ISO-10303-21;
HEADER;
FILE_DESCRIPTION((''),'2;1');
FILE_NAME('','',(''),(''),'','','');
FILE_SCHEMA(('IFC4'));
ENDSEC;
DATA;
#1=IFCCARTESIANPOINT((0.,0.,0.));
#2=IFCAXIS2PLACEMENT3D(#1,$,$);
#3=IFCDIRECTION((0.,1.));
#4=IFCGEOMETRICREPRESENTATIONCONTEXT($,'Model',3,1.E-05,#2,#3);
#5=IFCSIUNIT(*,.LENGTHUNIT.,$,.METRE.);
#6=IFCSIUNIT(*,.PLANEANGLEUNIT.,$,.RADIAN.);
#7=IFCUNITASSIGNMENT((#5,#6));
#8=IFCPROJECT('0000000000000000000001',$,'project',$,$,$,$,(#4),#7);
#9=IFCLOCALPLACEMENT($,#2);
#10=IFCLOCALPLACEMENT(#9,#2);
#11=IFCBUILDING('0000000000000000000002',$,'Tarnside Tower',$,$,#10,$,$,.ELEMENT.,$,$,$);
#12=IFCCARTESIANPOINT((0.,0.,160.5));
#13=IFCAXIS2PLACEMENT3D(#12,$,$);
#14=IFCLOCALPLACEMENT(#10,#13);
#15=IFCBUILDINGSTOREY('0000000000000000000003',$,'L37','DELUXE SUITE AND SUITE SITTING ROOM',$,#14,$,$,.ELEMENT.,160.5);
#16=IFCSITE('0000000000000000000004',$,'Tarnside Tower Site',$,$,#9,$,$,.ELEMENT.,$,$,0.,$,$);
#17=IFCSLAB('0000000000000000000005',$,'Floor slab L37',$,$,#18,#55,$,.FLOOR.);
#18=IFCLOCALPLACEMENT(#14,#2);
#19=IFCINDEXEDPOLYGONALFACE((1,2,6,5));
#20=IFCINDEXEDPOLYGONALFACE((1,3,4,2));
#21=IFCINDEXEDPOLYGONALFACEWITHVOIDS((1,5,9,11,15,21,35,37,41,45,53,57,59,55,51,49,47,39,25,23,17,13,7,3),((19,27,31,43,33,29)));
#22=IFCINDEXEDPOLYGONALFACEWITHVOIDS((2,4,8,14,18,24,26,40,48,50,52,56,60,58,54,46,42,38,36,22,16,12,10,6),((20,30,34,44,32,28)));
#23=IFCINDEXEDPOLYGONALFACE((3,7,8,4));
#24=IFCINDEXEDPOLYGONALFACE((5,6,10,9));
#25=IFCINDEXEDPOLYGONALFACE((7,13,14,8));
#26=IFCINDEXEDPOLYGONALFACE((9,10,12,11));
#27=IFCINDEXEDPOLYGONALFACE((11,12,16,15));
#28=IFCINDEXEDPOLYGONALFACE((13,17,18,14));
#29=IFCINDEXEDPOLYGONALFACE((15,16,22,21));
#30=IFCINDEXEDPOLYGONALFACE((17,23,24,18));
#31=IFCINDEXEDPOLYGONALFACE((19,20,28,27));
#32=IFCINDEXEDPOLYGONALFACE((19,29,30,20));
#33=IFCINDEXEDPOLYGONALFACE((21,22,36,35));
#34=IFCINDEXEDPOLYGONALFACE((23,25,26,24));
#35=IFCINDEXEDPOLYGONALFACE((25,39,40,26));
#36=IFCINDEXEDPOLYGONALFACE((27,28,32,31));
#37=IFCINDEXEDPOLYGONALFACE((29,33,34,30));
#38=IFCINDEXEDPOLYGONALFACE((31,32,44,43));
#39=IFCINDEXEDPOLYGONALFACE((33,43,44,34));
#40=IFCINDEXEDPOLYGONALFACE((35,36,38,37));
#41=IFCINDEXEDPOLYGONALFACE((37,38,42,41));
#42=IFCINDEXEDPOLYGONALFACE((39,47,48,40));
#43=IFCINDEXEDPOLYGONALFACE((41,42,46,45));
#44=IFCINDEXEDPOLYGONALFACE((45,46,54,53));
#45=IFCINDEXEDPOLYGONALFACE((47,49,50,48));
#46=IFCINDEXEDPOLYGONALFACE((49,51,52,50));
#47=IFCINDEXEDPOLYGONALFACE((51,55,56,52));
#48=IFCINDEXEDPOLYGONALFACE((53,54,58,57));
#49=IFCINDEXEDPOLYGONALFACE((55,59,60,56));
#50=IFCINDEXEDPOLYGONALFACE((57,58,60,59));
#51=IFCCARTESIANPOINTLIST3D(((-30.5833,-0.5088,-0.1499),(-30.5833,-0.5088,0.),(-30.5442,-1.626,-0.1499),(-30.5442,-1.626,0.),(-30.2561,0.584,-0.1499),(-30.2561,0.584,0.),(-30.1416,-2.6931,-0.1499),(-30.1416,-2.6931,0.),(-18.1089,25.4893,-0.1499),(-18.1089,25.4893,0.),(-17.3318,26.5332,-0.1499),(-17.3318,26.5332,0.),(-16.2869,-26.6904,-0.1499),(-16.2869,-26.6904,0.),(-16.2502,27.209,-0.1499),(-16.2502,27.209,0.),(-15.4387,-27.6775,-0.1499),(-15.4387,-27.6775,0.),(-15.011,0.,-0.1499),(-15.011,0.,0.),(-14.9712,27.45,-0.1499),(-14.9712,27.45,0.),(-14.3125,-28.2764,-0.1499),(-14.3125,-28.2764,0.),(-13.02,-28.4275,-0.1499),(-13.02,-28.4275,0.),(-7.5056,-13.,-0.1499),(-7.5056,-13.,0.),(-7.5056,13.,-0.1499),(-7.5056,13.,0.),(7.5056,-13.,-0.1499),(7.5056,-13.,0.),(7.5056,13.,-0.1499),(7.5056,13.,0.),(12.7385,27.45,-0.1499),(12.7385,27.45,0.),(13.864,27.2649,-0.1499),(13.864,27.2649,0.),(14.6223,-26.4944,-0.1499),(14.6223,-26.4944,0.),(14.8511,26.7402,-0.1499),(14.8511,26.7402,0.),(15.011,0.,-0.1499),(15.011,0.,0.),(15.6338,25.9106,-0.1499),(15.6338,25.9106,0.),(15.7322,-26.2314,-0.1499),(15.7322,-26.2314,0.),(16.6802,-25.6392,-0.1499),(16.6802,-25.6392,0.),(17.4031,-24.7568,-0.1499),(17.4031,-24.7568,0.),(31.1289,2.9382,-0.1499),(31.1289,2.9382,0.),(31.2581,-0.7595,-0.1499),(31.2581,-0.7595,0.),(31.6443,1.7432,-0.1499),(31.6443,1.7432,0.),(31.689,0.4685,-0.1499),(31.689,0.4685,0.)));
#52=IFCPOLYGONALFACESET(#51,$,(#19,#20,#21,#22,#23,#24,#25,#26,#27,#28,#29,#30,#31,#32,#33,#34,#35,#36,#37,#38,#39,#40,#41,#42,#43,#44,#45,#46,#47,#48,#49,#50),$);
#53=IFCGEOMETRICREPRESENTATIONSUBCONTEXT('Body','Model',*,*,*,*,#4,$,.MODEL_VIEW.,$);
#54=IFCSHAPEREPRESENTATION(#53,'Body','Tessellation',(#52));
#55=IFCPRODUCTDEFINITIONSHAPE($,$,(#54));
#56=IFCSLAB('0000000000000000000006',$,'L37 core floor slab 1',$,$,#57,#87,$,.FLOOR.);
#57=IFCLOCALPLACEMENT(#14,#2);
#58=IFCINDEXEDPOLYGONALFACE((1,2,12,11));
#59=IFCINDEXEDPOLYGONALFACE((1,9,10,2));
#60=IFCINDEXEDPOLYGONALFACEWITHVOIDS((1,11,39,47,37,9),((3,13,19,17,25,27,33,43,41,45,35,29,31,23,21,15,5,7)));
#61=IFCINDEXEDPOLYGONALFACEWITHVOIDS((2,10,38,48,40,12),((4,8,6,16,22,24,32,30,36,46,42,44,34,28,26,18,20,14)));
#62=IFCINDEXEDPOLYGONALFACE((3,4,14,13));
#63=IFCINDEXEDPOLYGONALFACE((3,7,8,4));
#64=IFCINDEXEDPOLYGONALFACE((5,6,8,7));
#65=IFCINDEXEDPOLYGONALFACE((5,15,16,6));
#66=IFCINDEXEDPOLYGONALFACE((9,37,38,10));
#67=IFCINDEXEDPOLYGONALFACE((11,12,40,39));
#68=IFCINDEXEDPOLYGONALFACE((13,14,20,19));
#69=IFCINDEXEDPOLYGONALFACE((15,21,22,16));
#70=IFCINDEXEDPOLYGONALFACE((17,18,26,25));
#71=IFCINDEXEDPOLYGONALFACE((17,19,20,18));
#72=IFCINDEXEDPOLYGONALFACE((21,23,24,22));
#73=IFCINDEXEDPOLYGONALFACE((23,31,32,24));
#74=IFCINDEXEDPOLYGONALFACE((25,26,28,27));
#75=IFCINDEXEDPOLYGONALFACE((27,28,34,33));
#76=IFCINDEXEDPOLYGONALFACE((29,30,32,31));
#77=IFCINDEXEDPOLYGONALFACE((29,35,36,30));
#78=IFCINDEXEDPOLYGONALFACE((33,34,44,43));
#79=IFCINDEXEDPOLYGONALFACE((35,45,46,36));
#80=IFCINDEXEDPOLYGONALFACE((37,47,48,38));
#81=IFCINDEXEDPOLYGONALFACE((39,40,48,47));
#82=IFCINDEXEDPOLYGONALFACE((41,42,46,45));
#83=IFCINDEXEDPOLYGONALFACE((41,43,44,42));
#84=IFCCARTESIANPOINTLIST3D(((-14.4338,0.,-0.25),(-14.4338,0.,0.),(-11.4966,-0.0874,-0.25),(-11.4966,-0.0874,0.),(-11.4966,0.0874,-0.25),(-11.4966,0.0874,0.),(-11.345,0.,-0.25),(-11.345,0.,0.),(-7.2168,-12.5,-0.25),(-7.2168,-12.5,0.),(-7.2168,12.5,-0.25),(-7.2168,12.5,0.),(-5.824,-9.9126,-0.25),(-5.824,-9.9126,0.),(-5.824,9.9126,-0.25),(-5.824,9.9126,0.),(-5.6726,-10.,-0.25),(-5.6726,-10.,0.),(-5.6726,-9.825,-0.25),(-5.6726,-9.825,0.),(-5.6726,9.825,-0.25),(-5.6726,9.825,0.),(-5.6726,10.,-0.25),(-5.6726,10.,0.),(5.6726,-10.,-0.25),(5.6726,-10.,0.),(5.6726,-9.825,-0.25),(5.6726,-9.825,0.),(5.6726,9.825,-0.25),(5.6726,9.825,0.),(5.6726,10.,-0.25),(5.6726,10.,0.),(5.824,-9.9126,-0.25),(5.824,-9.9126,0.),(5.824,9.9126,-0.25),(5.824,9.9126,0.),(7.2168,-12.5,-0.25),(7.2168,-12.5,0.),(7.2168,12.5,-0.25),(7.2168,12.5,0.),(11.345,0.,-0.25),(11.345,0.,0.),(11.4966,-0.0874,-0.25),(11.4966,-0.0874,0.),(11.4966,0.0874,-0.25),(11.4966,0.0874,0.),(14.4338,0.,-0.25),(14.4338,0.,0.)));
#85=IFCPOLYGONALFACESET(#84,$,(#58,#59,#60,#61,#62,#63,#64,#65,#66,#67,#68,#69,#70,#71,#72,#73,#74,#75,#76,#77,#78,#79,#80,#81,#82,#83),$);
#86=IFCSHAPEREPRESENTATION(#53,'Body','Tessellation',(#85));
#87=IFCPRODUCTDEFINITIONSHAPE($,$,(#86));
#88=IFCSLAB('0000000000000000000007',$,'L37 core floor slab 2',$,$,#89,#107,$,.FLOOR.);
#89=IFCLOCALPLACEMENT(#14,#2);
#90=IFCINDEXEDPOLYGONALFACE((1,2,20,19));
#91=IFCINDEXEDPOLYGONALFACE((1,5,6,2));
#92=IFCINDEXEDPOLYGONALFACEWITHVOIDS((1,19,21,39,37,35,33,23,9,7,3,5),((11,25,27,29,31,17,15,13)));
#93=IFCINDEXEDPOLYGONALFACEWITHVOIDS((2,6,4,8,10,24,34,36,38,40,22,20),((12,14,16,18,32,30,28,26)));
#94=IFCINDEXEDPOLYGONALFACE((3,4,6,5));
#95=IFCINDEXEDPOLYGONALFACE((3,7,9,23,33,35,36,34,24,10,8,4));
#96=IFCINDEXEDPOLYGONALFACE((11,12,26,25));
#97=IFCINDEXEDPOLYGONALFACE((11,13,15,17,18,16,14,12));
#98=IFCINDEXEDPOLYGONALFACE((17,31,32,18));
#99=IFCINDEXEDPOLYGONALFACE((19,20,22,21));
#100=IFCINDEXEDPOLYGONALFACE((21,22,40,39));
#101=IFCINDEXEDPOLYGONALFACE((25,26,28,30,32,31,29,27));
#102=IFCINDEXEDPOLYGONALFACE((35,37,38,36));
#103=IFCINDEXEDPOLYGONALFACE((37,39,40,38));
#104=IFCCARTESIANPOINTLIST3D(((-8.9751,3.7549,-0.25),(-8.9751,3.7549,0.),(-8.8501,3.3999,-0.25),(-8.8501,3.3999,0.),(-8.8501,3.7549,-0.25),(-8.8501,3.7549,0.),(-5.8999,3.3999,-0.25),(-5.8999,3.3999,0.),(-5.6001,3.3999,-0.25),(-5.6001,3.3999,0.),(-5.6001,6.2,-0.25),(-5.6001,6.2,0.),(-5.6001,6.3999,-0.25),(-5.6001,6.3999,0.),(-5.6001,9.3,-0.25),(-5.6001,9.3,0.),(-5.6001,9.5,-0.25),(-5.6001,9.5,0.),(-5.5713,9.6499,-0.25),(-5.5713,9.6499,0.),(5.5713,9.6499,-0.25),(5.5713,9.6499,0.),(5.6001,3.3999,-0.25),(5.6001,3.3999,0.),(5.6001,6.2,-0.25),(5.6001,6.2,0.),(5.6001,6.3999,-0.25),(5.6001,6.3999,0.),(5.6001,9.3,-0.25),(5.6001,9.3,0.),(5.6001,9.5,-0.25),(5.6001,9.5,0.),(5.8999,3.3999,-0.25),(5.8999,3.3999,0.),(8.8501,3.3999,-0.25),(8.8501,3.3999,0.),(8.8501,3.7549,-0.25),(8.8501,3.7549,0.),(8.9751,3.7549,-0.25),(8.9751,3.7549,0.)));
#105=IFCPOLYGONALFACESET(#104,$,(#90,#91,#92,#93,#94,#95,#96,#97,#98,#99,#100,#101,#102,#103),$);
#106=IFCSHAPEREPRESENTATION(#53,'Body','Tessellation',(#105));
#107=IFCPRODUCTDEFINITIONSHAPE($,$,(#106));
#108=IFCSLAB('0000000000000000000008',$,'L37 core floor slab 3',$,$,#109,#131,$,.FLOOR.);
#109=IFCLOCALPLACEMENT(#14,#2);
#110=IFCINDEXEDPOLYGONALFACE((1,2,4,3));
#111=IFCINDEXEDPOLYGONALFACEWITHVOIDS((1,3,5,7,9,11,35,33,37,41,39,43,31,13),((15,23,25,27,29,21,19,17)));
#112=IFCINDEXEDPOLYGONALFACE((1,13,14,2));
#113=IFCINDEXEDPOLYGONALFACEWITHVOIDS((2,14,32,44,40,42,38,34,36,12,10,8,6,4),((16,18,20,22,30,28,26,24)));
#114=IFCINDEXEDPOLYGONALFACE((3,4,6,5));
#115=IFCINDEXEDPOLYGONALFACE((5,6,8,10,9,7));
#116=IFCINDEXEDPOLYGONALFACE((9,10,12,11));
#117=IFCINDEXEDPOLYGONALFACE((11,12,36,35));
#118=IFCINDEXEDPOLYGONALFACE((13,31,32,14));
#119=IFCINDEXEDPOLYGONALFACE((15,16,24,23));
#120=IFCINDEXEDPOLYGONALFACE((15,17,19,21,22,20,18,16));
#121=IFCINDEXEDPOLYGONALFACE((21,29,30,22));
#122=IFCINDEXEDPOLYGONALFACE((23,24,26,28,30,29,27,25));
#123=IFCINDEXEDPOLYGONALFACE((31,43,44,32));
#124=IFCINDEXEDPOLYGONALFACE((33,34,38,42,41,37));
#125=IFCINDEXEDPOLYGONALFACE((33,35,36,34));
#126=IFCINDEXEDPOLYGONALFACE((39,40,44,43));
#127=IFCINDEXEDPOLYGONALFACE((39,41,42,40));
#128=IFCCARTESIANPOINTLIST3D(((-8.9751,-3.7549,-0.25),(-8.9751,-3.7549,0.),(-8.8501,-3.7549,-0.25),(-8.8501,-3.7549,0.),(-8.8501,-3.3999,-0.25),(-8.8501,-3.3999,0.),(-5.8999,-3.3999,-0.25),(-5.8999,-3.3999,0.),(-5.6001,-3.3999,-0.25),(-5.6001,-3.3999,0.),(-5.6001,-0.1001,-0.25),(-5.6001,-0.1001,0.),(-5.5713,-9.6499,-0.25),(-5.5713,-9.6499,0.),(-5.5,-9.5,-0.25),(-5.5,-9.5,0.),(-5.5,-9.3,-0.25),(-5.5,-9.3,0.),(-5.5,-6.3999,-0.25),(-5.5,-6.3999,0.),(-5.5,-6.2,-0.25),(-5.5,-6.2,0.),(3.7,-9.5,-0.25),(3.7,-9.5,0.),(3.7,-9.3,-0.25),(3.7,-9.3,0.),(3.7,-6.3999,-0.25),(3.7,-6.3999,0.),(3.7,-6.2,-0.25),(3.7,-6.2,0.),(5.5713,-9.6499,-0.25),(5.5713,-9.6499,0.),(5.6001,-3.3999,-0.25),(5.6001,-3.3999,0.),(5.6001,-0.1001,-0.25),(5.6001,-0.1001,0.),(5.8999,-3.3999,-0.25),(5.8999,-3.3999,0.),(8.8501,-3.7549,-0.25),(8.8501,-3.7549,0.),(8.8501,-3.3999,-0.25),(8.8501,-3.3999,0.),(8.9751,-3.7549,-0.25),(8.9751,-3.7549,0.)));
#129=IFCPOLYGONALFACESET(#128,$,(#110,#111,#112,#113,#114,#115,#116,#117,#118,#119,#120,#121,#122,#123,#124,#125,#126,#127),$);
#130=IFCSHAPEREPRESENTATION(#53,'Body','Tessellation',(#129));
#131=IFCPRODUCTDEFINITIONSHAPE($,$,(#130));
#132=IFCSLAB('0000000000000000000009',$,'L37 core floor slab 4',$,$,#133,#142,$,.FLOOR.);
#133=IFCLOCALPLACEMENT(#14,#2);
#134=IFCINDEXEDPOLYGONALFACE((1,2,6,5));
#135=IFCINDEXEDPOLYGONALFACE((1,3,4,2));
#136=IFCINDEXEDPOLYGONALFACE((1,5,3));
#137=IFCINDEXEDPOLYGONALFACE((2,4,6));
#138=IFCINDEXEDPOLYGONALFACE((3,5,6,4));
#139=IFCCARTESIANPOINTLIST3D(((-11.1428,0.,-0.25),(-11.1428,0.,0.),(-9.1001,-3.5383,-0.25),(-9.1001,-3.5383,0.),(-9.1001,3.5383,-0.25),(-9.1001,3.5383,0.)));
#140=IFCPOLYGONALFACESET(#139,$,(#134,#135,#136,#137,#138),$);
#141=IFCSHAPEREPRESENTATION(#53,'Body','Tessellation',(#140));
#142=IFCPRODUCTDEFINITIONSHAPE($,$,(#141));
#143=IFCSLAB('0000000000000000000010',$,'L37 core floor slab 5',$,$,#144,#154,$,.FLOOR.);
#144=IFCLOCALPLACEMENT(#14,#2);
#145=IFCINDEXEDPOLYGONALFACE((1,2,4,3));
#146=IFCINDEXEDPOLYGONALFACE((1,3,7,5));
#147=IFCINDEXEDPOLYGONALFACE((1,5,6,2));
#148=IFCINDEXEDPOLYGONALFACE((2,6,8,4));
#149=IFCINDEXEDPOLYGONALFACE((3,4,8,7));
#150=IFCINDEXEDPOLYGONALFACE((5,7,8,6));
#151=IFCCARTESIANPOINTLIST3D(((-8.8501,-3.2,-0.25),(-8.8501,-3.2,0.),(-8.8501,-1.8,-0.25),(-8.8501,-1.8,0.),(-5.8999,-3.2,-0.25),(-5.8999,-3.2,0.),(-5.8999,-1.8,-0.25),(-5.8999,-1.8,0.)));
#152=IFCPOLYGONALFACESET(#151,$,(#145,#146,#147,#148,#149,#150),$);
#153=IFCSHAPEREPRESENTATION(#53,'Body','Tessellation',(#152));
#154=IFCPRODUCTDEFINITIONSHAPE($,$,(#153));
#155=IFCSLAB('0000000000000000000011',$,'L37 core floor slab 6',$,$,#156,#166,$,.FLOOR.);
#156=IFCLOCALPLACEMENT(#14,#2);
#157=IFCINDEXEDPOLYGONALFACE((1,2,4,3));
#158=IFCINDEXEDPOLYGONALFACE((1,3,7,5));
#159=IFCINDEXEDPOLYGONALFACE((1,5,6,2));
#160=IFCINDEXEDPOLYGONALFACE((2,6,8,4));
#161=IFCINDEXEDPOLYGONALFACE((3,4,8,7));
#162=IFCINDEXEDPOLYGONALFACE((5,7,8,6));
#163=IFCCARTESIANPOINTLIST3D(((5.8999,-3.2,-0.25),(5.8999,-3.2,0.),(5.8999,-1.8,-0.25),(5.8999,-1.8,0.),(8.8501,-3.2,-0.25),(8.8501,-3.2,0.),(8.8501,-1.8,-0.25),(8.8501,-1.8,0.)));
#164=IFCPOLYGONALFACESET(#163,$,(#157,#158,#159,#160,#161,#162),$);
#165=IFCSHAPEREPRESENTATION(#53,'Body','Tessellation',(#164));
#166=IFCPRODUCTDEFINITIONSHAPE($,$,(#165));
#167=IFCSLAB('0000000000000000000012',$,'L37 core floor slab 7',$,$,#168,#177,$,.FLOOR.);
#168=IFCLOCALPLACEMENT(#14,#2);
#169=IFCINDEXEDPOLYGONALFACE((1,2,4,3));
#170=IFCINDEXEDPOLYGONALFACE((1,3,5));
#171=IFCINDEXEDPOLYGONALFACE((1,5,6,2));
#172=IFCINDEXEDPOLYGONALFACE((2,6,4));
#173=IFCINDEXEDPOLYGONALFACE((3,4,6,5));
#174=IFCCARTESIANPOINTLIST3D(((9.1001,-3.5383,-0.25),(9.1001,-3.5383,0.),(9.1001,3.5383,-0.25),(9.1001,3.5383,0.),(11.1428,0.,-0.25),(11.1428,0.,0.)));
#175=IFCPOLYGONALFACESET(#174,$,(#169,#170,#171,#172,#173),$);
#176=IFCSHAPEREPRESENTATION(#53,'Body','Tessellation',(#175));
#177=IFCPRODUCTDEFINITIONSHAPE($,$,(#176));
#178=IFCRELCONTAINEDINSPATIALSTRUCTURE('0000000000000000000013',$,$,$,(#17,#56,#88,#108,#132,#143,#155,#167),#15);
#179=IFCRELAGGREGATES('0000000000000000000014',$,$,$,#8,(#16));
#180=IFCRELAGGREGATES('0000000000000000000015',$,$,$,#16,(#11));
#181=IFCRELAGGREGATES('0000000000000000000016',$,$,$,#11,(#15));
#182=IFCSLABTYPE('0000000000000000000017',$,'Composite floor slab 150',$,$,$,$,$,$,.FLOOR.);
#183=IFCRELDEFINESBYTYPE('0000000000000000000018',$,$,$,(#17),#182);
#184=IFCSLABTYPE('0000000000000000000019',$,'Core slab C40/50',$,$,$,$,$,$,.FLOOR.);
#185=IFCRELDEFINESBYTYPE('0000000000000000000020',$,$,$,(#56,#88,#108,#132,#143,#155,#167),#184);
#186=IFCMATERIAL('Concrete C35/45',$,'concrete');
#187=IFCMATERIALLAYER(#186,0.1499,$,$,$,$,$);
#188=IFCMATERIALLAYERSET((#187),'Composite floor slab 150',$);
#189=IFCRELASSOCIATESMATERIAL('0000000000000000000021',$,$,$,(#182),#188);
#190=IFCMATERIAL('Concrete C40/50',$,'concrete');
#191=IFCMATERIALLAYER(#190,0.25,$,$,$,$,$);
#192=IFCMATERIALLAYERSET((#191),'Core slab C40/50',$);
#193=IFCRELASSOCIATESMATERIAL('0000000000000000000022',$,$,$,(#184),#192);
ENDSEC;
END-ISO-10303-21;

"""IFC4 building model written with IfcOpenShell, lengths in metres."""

from ifc_helpers import new_model, si_unit, direction, frame, origin, place, context, subcontext, project, spatial, polyline, outline, extrude, material, layer, layer_set, type_object, element, save


model = new_model("IFC4")

# Units and contexts
model_context = context("Model", 3, precision=1e-05, world=origin(), true_north=direction((0.0, 1.0)))
body_context = subcontext(model_context, "Body", "Model", "MODEL_VIEW")
ifc_project = project(units=[si_unit("LENGTHUNIT", "METRE"), si_unit("PLANEANGLEUNIT", "RADIAN")], contexts=[model_context])

# Site, building, storey
site_placement = place(None, origin())
site = spatial("IfcSite", under=ifc_project, at=site_placement, Name="Tarnside Tower Site", CompositionType="ELEMENT", RefElevation=0.0)
building_placement = place(site_placement, origin())
building = spatial("IfcBuilding", under=site, at=building_placement, Name="Tarnside Tower", CompositionType="ELEMENT")
storey_placement = place(building_placement, frame((0.0, 0.0, 160.5)))
storey = spatial("IfcBuildingStorey", under=building, at=storey_placement, Name="L37", Description="DELUXE SUITE AND SUITE SITTING ROOM", CompositionType="ELEMENT", Elevation=160.5)

# Slabs
ifc_material_1 = material(Name="Concrete C35/45", Category="concrete")
ifc_layer_1 = layer(ifc_material_1, 0.1499)
ifc_layer_set_1 = layer_set([ifc_layer_1], Name="Composite floor slab 150")
slab_type_1 = type_object("IfcSlabType", Name="Composite floor slab 150", PredefinedType="FLOOR", material=ifc_layer_set_1)
slab_1_placement = place(storey_placement, frame((0.0, 0.0, -0.1499)))
element("IfcSlab", 1, at=slab_1_placement, inside=storey, type_object=slab_type_1, Name="Floor slab L37", PredefinedType="FLOOR", context=body_context, shape_type="SweptSolid", body=[
    extrude(outline(polyline([(13.864, 27.2649), (14.8511, 26.7402), (15.6338, 25.9106), (31.1289, 2.9382), (31.6443, 1.7432), (31.689, 0.4685), (31.2581, -0.7595), (17.4031, -24.7568), (16.6802, -25.6392), (15.7322, -26.2314), (14.6223, -26.4944), (-13.02, -28.4275), (-14.3125, -28.2764), (-15.4387, -27.6775), (-16.2869, -26.6904), (-30.1416, -2.6931), (-30.5442, -1.626), (-30.5833, -0.5088), (-30.2561, 0.584), (-18.1089, 25.4893), (-17.3318, 26.5332), (-16.2502, 27.209), (-14.9712, 27.45), (12.7385, 27.45), (13.864, 27.2649)]), holes=[polyline([(-15.011, 0.0), (-7.5056, -13.0), (7.5056, -13.0), (15.011, 0.0), (7.5056, 13.0), (-7.5056, 13.0), (-15.011, 0.0)])]), origin(), (0.0, 0.0, 1.0), 0.1499),
])
ifc_material_2 = material(Name="Concrete C40/50", Category="concrete")
ifc_layer_2 = layer(ifc_material_2, 0.25)
ifc_layer_set_2 = layer_set([ifc_layer_2], Name="Core slab C40/50")
slab_type_2 = type_object("IfcSlabType", Name="Core slab C40/50", PredefinedType="FLOOR", material=ifc_layer_set_2)
slab_2_placement = place(storey_placement, frame((0.0, 0.0, -0.25)))
element("IfcSlab", 2, at=slab_2_placement, inside=storey, type_object=slab_type_2, Name="L37 core floor slab 1", PredefinedType="FLOOR", context=body_context, shape_type="SweptSolid", body=[
    extrude(outline(polyline([(-7.2168, 12.5), (7.2168, 12.5), (14.4338, 0.0), (7.2168, -12.5), (-7.2168, -12.5), (-14.4338, 0.0), (-7.2168, 12.5)]), holes=[polyline([(5.824, -9.9126), (11.4966, -0.0874), (11.345, 0.0), (11.4966, 0.0874), (5.824, 9.9126), (5.6726, 9.825), (5.6726, 10.0), (-5.6726, 10.0), (-5.6726, 9.825), (-5.824, 9.9126), (-11.4966, 0.0874), (-11.345, 0.0), (-11.4966, -0.0874), (-5.824, -9.9126), (-5.6726, -9.825), (-5.6726, -10.0), (5.6726, -10.0), (5.6726, -9.825), (5.824, -9.9126)])]), origin(), (0.0, 0.0, 1.0), 0.25),
])
slab_3_placement = place(storey_placement, frame((0.0, 0.0, -0.25)))
element("IfcSlab", 3, at=slab_3_placement, inside=storey, type_object=slab_type_2, Name="L37 core floor slab 2", PredefinedType="FLOOR", context=body_context, shape_type="SweptSolid", body=[
    extrude(outline(polyline([(-8.9751, 3.7549), (-5.5713, 9.6499), (5.5713, 9.6499), (8.9751, 3.7549), (8.8501, 3.7549), (8.8501, 3.3999), (5.8999, 3.3999), (5.6001, 3.3999), (5.6001, 3.3999), (-5.6001, 3.3999), (-5.8999, 3.3999), (-8.8501, 3.3999), (-8.8501, 3.7549), (-8.9751, 3.7549)]), holes=[polyline([(-5.6001, 6.2), (5.6001, 6.2), (5.6001, 6.3999), (5.6001, 9.3), (5.6001, 9.5), (-5.6001, 9.5), (-5.6001, 9.3), (-5.6001, 6.3999), (-5.6001, 6.2)])]), origin(), (0.0, 0.0, 1.0), 0.25),
])
slab_4_placement = place(storey_placement, frame((0.0, 0.0, -0.25)))
element("IfcSlab", 4, at=slab_4_placement, inside=storey, type_object=slab_type_2, Name="L37 core floor slab 3", PredefinedType="FLOOR", context=body_context, shape_type="SweptSolid", body=[
    extrude(outline(polyline([(5.6001, -3.3999), (5.8999, -3.3999), (8.8501, -3.3999), (8.8501, -3.7549), (8.9751, -3.7549), (5.5713, -9.6499), (-5.5713, -9.6499), (-8.9751, -3.7549), (-8.8501, -3.7549), (-8.8501, -3.3999), (-5.8999, -3.3999), (-5.6001, -3.3999), (-5.6001, -0.1001), (5.6001, -0.1001), (5.6001, -3.3999)]), holes=[polyline([(-5.5, -9.3), (-5.5, -9.5), (3.7, -9.5), (3.7, -9.3), (3.7, -6.3999), (3.7, -6.2), (-5.5, -6.2), (-5.5, -6.3999), (-5.5, -9.3)])]), origin(), (0.0, 0.0, 1.0), 0.25),
])
slab_5_placement = place(storey_placement, frame((0.0, 0.0, -0.25)))
element("IfcSlab", 5, at=slab_5_placement, inside=storey, type_object=slab_type_2, Name="L37 core floor slab 4", PredefinedType="FLOOR", context=body_context, shape_type="SweptSolid", body=[
    extrude(outline(polyline([(-11.1428, 0.0), (-9.1001, 3.5383), (-9.1001, -3.5383), (-11.1428, 0.0)])), origin(), (0.0, 0.0, 1.0), 0.25),
])
slab_6_placement = place(storey_placement, frame((0.0, 0.0, -0.25)))
element("IfcSlab", 6, at=slab_6_placement, inside=storey, type_object=slab_type_2, Name="L37 core floor slab 5", PredefinedType="FLOOR", context=body_context, shape_type="SweptSolid", body=[
    extrude(outline(polyline([(-8.8501, -1.8), (-5.8999, -1.8), (-5.8999, -3.2), (-8.8501, -3.2), (-8.8501, -1.8)])), origin(), (0.0, 0.0, 1.0), 0.25),
])
slab_7_placement = place(storey_placement, frame((0.0, 0.0, -0.25)))
element("IfcSlab", 7, at=slab_7_placement, inside=storey, type_object=slab_type_2, Name="L37 core floor slab 6", PredefinedType="FLOOR", context=body_context, shape_type="SweptSolid", body=[
    extrude(outline(polyline([(5.8999, -3.2), (5.8999, -1.8), (8.8501, -1.8), (8.8501, -3.2), (5.8999, -3.2)])), origin(), (0.0, 0.0, 1.0), 0.25),
])
slab_8_placement = place(storey_placement, frame((0.0, 0.0, -0.25)))
element("IfcSlab", 8, at=slab_8_placement, inside=storey, type_object=slab_type_2, Name="L37 core floor slab 7", PredefinedType="FLOOR", context=body_context, shape_type="SweptSolid", body=[
    extrude(outline(polyline([(9.1001, -3.5383), (9.1001, 3.5383), (11.1428, 0.0), (9.1001, -3.5383)])), origin(), (0.0, 0.0, 1.0), 0.25),
])

save(model, "model.ifc")
